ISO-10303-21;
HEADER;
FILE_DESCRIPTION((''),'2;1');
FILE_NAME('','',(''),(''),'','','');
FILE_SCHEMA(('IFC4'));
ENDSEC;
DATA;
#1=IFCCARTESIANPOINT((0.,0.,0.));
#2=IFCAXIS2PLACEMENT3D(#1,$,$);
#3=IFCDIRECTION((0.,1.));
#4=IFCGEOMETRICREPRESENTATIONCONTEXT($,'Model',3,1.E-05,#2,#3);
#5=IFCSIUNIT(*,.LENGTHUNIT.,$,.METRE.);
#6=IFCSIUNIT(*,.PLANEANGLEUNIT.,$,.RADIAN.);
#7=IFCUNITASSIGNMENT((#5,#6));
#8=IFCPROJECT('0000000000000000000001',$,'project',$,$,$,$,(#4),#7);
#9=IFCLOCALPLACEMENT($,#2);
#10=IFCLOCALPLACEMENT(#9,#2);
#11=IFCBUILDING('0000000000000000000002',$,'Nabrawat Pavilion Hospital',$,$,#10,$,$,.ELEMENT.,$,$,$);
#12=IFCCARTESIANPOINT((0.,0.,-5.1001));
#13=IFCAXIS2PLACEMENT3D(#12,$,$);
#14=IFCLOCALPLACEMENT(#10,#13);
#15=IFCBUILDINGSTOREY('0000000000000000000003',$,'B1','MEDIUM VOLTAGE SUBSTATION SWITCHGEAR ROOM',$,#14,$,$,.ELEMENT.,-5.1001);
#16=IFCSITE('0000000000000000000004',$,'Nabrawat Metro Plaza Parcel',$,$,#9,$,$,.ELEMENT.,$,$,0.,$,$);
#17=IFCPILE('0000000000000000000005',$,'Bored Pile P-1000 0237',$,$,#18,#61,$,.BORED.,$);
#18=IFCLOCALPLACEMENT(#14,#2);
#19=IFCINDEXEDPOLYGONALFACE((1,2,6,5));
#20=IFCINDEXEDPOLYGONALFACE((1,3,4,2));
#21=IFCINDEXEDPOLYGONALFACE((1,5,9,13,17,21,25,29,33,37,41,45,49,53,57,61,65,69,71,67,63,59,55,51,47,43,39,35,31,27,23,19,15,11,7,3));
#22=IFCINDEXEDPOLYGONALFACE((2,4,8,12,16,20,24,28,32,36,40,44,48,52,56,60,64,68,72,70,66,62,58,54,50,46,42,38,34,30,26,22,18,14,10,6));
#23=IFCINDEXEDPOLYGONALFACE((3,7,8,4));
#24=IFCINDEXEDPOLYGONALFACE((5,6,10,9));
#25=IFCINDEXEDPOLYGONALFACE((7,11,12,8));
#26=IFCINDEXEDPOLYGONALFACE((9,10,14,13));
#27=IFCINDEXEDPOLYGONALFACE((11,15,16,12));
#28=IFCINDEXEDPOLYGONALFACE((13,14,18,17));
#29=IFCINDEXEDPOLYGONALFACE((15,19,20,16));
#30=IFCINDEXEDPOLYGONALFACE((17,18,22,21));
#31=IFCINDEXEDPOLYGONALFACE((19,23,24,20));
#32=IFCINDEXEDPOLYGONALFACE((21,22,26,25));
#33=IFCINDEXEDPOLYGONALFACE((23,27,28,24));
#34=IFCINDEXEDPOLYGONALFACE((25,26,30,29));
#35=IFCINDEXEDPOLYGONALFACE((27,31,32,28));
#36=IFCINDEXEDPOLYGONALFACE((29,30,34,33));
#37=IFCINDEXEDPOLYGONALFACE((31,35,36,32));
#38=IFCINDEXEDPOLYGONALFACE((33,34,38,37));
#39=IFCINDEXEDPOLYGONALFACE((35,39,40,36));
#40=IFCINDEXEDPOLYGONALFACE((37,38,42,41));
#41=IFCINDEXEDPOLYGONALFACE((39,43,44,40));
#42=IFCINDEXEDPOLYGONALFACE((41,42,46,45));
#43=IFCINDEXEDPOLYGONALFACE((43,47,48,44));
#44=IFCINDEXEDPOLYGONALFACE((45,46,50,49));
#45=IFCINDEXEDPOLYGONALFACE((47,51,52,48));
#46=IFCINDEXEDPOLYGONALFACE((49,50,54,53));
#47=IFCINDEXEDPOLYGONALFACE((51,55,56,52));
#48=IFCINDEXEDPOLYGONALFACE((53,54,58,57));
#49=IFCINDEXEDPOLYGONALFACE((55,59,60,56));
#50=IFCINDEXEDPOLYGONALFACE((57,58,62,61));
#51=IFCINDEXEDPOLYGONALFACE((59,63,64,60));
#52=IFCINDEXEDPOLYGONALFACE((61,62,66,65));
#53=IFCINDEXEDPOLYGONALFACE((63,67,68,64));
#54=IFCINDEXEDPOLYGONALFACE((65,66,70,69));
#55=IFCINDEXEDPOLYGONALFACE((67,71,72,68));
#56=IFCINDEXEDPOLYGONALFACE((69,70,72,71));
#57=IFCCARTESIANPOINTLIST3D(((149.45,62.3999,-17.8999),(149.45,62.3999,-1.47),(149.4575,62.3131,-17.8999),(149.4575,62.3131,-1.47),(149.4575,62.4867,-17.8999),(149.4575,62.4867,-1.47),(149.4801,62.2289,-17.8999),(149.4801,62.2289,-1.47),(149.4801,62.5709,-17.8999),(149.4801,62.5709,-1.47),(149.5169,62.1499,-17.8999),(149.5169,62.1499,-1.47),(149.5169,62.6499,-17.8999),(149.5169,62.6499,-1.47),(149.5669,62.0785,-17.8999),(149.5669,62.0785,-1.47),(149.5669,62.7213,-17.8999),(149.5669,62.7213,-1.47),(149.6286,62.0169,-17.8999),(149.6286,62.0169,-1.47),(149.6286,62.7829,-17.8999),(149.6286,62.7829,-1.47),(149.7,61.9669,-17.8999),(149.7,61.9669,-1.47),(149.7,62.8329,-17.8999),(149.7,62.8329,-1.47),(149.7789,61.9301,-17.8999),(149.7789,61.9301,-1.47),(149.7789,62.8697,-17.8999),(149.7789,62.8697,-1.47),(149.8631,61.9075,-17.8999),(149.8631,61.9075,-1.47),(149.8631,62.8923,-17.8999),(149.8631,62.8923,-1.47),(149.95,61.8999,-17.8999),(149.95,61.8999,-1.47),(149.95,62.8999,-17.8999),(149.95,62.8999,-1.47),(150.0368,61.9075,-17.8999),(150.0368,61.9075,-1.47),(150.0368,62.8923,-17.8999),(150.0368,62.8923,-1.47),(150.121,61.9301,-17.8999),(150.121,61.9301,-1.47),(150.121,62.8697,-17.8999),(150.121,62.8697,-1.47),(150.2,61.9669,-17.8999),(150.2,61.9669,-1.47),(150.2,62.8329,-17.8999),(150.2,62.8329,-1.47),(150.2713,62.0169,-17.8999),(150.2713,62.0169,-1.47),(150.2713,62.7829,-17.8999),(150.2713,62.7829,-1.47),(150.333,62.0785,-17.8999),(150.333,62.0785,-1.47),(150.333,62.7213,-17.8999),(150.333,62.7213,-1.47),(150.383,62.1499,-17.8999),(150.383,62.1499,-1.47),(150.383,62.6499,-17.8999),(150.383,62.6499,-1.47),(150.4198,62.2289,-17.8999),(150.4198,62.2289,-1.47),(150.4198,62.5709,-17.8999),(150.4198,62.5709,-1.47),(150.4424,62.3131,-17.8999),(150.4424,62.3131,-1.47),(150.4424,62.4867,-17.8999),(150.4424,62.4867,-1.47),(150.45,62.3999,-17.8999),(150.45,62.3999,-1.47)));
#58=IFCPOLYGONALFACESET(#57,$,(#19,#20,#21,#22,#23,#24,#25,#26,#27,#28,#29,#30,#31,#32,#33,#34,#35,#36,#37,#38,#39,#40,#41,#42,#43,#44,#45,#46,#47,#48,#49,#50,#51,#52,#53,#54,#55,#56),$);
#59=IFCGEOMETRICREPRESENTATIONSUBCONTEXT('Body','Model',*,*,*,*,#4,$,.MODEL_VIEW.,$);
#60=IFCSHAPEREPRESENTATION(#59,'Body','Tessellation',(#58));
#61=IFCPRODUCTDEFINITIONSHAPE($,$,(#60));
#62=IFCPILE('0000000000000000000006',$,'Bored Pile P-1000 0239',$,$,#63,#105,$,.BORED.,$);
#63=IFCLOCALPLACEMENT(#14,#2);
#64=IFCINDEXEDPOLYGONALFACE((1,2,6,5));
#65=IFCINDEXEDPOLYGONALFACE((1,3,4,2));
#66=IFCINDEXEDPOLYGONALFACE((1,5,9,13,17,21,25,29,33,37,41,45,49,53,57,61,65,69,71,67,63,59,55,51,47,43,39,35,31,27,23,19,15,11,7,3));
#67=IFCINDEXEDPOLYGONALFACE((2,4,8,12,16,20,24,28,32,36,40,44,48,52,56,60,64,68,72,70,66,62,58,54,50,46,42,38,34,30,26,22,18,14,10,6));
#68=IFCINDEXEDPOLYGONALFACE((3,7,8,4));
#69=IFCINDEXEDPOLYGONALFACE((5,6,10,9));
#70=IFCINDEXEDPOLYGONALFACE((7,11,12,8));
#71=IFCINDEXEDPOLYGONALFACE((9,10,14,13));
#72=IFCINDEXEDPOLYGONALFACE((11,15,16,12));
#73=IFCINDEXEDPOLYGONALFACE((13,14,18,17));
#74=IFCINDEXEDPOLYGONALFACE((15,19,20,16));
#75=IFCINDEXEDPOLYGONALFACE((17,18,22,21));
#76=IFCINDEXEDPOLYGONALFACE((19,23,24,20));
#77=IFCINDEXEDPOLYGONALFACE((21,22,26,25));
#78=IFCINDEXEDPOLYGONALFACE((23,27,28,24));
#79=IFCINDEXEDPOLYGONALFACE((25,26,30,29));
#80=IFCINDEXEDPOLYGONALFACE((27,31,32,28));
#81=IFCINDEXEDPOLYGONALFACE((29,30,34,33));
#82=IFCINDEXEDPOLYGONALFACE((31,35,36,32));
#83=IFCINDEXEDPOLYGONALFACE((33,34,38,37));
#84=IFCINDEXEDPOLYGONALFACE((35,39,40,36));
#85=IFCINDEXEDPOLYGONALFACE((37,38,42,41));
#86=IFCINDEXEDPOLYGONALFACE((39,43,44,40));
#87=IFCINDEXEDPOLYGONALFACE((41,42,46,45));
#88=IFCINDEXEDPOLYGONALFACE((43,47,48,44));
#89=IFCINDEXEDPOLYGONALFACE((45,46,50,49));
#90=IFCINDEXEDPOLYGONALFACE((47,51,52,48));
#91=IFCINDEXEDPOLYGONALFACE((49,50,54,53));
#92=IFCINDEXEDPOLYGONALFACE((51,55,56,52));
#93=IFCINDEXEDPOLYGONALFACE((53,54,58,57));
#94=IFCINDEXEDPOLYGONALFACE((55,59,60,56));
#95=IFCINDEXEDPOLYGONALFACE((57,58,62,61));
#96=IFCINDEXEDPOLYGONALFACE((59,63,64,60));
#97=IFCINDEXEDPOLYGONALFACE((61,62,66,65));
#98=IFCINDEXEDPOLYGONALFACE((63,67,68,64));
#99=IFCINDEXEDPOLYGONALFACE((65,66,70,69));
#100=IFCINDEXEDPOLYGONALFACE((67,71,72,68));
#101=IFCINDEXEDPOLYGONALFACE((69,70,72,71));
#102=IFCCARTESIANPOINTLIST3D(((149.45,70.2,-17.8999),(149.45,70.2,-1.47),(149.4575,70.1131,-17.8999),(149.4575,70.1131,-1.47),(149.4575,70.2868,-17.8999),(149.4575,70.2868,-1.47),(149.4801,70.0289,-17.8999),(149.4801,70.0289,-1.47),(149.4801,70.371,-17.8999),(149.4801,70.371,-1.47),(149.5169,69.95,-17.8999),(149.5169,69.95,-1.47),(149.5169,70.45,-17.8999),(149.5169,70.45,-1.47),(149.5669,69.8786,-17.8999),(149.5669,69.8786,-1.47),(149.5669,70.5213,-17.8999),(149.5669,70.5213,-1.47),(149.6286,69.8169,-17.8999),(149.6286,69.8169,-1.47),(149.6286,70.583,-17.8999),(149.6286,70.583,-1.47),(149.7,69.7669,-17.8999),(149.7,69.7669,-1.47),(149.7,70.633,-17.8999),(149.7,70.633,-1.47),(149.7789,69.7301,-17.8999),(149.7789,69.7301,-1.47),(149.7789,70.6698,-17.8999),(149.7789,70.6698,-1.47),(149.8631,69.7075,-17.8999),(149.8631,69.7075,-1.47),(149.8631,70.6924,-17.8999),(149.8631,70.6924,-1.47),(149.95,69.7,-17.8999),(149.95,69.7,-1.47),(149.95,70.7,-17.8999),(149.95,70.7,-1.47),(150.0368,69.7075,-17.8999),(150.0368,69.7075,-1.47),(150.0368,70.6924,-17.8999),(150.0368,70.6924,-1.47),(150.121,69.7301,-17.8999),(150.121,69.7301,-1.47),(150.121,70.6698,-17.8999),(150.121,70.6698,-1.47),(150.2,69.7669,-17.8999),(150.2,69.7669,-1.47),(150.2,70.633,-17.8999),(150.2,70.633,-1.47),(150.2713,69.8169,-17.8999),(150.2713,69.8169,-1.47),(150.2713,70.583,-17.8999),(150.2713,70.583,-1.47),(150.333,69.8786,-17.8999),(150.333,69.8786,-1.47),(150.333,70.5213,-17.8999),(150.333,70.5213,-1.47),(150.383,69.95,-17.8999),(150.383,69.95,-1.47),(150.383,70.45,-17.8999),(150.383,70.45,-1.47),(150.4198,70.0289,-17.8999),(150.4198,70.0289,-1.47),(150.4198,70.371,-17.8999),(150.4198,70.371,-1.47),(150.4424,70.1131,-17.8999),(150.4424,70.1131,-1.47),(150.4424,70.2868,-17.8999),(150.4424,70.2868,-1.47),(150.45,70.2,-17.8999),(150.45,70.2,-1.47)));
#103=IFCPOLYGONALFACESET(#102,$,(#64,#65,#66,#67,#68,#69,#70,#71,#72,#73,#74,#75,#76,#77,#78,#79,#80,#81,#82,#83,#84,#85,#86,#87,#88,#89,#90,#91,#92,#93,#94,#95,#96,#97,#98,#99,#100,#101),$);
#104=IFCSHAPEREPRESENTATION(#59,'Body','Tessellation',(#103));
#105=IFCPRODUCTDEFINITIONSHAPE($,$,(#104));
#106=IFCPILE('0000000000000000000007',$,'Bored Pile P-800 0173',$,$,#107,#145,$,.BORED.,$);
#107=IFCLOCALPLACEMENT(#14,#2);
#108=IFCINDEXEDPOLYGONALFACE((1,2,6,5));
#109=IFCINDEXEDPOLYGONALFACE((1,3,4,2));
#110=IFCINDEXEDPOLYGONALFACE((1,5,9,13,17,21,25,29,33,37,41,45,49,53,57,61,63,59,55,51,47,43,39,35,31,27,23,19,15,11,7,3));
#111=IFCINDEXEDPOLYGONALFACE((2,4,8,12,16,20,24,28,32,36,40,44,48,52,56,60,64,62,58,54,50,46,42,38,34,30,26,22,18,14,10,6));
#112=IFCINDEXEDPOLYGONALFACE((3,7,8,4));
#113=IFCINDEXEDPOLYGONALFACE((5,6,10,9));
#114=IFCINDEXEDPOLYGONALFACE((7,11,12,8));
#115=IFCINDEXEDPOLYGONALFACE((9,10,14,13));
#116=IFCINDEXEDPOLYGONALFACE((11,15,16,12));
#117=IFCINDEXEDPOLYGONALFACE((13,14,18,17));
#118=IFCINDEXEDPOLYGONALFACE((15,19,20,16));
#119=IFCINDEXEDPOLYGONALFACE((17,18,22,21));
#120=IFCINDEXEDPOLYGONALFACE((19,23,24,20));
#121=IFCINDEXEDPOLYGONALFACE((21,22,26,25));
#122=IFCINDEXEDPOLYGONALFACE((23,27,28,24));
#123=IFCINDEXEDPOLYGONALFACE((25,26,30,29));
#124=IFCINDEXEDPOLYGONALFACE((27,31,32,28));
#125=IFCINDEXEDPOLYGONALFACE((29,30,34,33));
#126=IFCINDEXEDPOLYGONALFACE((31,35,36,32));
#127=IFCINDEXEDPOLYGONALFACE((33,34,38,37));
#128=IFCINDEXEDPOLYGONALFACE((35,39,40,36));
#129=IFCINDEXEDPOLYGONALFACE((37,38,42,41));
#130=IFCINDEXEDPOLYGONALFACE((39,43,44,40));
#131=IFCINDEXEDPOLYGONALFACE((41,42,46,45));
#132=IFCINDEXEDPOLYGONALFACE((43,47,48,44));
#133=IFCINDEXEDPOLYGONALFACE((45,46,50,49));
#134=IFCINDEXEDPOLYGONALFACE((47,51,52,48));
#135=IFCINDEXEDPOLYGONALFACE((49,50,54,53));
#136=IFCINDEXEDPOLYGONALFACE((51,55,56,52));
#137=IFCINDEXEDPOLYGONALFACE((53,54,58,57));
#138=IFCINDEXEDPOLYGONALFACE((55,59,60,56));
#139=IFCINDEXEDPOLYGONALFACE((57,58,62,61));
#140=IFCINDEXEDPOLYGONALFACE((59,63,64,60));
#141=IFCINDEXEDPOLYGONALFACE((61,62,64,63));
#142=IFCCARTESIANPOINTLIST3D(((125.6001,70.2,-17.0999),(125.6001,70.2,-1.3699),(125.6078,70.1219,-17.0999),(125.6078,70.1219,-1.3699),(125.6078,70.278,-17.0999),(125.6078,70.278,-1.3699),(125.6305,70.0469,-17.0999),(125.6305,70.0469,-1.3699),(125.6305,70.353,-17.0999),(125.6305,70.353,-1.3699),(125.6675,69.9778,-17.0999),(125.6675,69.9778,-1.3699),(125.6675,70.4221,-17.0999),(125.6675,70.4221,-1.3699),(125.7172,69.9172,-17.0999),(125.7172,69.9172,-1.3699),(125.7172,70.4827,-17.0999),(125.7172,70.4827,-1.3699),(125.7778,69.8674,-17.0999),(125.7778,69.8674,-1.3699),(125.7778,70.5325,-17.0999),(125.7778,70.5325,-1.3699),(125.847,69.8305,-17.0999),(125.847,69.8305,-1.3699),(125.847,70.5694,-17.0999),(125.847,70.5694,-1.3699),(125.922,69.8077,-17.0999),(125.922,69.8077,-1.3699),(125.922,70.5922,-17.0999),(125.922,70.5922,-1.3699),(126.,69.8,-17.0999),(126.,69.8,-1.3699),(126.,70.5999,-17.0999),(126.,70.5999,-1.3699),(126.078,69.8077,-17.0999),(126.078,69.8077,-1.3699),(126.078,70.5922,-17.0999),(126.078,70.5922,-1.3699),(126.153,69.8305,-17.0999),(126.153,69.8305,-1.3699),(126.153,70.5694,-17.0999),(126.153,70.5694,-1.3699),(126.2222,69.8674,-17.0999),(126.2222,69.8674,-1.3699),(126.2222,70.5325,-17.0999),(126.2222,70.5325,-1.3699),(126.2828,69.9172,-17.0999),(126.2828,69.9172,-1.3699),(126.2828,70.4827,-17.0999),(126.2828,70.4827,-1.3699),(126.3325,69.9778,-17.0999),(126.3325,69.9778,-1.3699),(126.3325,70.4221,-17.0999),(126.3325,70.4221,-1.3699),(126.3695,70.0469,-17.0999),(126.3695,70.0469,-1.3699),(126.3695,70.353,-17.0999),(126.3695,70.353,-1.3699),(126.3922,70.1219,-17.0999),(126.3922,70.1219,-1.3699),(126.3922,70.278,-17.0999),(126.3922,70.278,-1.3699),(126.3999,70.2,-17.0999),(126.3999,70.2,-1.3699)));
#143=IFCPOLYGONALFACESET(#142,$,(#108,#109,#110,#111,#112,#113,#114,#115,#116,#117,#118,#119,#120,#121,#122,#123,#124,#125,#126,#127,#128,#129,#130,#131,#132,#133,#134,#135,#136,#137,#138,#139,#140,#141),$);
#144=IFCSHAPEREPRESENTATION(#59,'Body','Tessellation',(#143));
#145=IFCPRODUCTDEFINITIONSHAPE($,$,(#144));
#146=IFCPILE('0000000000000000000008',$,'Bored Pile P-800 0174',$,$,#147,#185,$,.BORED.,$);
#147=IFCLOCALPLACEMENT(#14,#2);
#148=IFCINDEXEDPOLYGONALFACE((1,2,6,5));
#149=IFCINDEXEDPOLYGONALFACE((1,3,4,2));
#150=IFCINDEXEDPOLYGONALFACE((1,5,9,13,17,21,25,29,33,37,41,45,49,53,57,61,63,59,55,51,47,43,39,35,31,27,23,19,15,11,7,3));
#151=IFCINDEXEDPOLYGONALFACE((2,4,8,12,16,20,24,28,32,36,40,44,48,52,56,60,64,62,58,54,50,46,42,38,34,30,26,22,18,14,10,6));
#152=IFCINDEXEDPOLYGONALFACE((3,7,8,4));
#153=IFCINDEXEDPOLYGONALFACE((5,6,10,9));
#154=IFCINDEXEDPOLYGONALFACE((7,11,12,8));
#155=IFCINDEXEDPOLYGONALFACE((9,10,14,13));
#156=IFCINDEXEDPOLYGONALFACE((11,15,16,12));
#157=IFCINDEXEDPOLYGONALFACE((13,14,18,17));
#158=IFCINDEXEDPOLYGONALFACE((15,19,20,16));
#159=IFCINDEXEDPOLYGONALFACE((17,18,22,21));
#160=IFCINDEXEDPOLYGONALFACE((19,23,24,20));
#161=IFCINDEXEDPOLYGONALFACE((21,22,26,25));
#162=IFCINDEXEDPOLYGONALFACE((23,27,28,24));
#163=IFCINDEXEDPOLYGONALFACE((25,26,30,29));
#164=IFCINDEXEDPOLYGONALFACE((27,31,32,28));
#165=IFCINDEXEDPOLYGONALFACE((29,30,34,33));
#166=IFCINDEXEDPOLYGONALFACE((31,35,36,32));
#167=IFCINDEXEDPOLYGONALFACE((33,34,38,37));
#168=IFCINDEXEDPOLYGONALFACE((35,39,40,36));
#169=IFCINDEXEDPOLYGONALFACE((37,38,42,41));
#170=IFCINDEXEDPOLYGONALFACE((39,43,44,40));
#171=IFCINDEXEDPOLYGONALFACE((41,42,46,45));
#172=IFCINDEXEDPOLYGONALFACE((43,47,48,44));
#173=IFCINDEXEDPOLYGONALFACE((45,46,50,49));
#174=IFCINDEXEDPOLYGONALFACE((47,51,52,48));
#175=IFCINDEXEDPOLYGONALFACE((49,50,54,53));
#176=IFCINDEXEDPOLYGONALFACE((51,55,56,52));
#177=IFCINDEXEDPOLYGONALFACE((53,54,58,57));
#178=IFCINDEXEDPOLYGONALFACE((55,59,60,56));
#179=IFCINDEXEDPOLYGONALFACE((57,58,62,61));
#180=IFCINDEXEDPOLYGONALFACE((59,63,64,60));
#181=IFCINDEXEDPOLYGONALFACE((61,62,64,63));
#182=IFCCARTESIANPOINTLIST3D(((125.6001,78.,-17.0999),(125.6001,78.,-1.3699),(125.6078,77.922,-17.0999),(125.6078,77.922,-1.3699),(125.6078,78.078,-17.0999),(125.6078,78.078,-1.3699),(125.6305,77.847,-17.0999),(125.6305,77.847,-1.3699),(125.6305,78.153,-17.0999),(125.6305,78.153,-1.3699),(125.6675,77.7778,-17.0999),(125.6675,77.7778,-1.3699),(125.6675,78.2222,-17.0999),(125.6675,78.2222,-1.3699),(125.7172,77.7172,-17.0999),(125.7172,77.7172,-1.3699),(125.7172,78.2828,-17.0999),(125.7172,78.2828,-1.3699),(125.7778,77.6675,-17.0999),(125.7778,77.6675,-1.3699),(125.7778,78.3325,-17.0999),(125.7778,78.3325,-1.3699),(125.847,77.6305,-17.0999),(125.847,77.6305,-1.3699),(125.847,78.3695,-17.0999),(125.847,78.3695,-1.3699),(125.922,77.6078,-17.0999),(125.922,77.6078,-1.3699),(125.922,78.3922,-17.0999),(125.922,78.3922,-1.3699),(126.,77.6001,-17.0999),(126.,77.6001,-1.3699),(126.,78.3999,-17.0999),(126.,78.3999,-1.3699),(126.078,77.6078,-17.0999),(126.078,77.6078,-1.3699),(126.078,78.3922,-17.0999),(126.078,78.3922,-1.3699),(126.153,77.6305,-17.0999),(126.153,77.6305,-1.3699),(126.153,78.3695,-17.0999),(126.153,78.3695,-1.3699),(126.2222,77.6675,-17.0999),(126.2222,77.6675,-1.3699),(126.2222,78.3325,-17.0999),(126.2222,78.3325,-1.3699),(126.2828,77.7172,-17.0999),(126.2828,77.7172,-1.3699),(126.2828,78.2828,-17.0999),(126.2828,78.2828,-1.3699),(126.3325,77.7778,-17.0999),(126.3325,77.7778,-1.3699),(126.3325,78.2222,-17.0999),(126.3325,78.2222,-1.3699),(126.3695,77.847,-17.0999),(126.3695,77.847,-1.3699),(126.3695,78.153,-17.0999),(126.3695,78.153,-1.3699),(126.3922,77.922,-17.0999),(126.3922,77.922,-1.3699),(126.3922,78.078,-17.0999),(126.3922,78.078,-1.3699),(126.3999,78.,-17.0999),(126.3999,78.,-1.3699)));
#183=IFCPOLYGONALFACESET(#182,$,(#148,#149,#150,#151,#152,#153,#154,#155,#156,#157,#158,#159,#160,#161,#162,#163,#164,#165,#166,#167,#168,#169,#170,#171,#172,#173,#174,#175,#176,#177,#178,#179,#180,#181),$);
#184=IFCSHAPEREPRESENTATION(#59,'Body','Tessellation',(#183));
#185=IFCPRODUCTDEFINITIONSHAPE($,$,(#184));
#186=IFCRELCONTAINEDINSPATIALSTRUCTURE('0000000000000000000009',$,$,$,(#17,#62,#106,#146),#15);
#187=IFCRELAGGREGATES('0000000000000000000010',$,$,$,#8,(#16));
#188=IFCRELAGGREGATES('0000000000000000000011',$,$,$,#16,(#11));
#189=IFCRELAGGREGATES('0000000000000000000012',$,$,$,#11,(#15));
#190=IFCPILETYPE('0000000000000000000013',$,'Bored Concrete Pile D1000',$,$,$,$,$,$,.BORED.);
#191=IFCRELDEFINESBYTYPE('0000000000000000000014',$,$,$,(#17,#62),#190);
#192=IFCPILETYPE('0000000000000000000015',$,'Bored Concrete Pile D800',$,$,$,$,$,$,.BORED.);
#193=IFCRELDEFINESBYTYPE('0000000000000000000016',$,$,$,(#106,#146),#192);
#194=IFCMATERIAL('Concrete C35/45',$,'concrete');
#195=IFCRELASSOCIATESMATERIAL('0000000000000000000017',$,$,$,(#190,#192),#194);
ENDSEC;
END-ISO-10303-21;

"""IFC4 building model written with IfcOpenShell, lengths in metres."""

from ifc_helpers import new_model, si_unit, direction, frame, origin, origin_2d, place, context, subcontext, project, spatial, circle, extrude, material, material_profile, profile_set, type_object, element, save


model = new_model("IFC4")

# Units and contexts
model_context = context("Model", 3, precision=1e-05, world=origin(), true_north=direction((0.0, 1.0)))
body_context = subcontext(model_context, "Body", "Model", "MODEL_VIEW")
ifc_project = project(units=[si_unit("LENGTHUNIT", "METRE"), si_unit("PLANEANGLEUNIT", "RADIAN")], contexts=[model_context])

# Site, building, storey
site_placement = place(None, origin())
site = spatial("IfcSite", under=ifc_project, at=site_placement, Name="Nabrawat Metro Plaza Parcel", CompositionType="ELEMENT", RefElevation=0.0)
building_placement = place(site_placement, origin())
building = spatial("IfcBuilding", under=site, at=building_placement, Name="Nabrawat Pavilion Hospital", CompositionType="ELEMENT")
storey_placement = place(building_placement, frame((0.0, 0.0, -5.1001)))
storey = spatial("IfcBuildingStorey", under=building, at=storey_placement, Name="B1", Description="MEDIUM VOLTAGE SUBSTATION SWITCHGEAR ROOM", CompositionType="ELEMENT", Elevation=-5.1001)

# Piles
ifc_material_1 = material(Name="Concrete C35/45", Category="concrete")
ifc_material_profile_1 = material_profile(ifc_material_1, circle(Radius=0.5, at=origin_2d()), Name="DIA 1000")
ifc_profile_set_1 = profile_set([ifc_material_profile_1], Name="Concrete C35/45")
pile_type_1 = type_object("IfcPileType", Name="Bored Concrete Pile D1000", PredefinedType="BORED", material=ifc_profile_set_1)
for number, where, z_axis, x_axis, name in (
    (1, (149.95, 62.3999, -1.47), (0.0, 0.0, -1.0), (1.0, 0.0, 0.0), "Bored Pile P-1000 0237"),
    (2, (149.95, 70.2, -1.47), (0.0, 0.0, -1.0), (1.0, 0.0, 0.0), "Bored Pile P-1000 0239"),
):
    element("IfcPile", number, at=place(storey_placement, frame(where, z_axis=z_axis, x_axis=x_axis)), inside=storey, type_object=pile_type_1, Name=name, PredefinedType="BORED", context=body_context, shape_type="SweptSolid", body=[
        extrude(circle(Radius=0.5, at=origin_2d()), origin(), (0.0, 0.0, 1.0), 16.4299),
    ])
ifc_material_profile_2 = material_profile(ifc_material_1, circle(Radius=0.3999, at=origin_2d()), Name="DIA 800")
ifc_profile_set_2 = profile_set([ifc_material_profile_2], Name="Concrete C35/45")
pile_type_2 = type_object("IfcPileType", Name="Bored Concrete Pile D800", PredefinedType="BORED", material=ifc_profile_set_2)
for number, where, z_axis, x_axis, name in (
    (3, (126.0, 70.2, -1.3699), (0.0, 0.0, -1.0), (1.0, 0.0, 0.0), "Bored Pile P-800 0173"),
    (4, (126.0, 78.0, -1.3699), (0.0, 0.0, -1.0), (1.0, 0.0, 0.0), "Bored Pile P-800 0174"),
):
    element("IfcPile", number, at=place(storey_placement, frame(where, z_axis=z_axis, x_axis=x_axis)), inside=storey, type_object=pile_type_2, Name=name, PredefinedType="BORED", context=body_context, shape_type="SweptSolid", body=[
        extrude(circle(Radius=0.3999, at=origin_2d()), origin(), (0.0, 0.0, 1.0), 15.73),
    ])

save(model, "model.ifc")
